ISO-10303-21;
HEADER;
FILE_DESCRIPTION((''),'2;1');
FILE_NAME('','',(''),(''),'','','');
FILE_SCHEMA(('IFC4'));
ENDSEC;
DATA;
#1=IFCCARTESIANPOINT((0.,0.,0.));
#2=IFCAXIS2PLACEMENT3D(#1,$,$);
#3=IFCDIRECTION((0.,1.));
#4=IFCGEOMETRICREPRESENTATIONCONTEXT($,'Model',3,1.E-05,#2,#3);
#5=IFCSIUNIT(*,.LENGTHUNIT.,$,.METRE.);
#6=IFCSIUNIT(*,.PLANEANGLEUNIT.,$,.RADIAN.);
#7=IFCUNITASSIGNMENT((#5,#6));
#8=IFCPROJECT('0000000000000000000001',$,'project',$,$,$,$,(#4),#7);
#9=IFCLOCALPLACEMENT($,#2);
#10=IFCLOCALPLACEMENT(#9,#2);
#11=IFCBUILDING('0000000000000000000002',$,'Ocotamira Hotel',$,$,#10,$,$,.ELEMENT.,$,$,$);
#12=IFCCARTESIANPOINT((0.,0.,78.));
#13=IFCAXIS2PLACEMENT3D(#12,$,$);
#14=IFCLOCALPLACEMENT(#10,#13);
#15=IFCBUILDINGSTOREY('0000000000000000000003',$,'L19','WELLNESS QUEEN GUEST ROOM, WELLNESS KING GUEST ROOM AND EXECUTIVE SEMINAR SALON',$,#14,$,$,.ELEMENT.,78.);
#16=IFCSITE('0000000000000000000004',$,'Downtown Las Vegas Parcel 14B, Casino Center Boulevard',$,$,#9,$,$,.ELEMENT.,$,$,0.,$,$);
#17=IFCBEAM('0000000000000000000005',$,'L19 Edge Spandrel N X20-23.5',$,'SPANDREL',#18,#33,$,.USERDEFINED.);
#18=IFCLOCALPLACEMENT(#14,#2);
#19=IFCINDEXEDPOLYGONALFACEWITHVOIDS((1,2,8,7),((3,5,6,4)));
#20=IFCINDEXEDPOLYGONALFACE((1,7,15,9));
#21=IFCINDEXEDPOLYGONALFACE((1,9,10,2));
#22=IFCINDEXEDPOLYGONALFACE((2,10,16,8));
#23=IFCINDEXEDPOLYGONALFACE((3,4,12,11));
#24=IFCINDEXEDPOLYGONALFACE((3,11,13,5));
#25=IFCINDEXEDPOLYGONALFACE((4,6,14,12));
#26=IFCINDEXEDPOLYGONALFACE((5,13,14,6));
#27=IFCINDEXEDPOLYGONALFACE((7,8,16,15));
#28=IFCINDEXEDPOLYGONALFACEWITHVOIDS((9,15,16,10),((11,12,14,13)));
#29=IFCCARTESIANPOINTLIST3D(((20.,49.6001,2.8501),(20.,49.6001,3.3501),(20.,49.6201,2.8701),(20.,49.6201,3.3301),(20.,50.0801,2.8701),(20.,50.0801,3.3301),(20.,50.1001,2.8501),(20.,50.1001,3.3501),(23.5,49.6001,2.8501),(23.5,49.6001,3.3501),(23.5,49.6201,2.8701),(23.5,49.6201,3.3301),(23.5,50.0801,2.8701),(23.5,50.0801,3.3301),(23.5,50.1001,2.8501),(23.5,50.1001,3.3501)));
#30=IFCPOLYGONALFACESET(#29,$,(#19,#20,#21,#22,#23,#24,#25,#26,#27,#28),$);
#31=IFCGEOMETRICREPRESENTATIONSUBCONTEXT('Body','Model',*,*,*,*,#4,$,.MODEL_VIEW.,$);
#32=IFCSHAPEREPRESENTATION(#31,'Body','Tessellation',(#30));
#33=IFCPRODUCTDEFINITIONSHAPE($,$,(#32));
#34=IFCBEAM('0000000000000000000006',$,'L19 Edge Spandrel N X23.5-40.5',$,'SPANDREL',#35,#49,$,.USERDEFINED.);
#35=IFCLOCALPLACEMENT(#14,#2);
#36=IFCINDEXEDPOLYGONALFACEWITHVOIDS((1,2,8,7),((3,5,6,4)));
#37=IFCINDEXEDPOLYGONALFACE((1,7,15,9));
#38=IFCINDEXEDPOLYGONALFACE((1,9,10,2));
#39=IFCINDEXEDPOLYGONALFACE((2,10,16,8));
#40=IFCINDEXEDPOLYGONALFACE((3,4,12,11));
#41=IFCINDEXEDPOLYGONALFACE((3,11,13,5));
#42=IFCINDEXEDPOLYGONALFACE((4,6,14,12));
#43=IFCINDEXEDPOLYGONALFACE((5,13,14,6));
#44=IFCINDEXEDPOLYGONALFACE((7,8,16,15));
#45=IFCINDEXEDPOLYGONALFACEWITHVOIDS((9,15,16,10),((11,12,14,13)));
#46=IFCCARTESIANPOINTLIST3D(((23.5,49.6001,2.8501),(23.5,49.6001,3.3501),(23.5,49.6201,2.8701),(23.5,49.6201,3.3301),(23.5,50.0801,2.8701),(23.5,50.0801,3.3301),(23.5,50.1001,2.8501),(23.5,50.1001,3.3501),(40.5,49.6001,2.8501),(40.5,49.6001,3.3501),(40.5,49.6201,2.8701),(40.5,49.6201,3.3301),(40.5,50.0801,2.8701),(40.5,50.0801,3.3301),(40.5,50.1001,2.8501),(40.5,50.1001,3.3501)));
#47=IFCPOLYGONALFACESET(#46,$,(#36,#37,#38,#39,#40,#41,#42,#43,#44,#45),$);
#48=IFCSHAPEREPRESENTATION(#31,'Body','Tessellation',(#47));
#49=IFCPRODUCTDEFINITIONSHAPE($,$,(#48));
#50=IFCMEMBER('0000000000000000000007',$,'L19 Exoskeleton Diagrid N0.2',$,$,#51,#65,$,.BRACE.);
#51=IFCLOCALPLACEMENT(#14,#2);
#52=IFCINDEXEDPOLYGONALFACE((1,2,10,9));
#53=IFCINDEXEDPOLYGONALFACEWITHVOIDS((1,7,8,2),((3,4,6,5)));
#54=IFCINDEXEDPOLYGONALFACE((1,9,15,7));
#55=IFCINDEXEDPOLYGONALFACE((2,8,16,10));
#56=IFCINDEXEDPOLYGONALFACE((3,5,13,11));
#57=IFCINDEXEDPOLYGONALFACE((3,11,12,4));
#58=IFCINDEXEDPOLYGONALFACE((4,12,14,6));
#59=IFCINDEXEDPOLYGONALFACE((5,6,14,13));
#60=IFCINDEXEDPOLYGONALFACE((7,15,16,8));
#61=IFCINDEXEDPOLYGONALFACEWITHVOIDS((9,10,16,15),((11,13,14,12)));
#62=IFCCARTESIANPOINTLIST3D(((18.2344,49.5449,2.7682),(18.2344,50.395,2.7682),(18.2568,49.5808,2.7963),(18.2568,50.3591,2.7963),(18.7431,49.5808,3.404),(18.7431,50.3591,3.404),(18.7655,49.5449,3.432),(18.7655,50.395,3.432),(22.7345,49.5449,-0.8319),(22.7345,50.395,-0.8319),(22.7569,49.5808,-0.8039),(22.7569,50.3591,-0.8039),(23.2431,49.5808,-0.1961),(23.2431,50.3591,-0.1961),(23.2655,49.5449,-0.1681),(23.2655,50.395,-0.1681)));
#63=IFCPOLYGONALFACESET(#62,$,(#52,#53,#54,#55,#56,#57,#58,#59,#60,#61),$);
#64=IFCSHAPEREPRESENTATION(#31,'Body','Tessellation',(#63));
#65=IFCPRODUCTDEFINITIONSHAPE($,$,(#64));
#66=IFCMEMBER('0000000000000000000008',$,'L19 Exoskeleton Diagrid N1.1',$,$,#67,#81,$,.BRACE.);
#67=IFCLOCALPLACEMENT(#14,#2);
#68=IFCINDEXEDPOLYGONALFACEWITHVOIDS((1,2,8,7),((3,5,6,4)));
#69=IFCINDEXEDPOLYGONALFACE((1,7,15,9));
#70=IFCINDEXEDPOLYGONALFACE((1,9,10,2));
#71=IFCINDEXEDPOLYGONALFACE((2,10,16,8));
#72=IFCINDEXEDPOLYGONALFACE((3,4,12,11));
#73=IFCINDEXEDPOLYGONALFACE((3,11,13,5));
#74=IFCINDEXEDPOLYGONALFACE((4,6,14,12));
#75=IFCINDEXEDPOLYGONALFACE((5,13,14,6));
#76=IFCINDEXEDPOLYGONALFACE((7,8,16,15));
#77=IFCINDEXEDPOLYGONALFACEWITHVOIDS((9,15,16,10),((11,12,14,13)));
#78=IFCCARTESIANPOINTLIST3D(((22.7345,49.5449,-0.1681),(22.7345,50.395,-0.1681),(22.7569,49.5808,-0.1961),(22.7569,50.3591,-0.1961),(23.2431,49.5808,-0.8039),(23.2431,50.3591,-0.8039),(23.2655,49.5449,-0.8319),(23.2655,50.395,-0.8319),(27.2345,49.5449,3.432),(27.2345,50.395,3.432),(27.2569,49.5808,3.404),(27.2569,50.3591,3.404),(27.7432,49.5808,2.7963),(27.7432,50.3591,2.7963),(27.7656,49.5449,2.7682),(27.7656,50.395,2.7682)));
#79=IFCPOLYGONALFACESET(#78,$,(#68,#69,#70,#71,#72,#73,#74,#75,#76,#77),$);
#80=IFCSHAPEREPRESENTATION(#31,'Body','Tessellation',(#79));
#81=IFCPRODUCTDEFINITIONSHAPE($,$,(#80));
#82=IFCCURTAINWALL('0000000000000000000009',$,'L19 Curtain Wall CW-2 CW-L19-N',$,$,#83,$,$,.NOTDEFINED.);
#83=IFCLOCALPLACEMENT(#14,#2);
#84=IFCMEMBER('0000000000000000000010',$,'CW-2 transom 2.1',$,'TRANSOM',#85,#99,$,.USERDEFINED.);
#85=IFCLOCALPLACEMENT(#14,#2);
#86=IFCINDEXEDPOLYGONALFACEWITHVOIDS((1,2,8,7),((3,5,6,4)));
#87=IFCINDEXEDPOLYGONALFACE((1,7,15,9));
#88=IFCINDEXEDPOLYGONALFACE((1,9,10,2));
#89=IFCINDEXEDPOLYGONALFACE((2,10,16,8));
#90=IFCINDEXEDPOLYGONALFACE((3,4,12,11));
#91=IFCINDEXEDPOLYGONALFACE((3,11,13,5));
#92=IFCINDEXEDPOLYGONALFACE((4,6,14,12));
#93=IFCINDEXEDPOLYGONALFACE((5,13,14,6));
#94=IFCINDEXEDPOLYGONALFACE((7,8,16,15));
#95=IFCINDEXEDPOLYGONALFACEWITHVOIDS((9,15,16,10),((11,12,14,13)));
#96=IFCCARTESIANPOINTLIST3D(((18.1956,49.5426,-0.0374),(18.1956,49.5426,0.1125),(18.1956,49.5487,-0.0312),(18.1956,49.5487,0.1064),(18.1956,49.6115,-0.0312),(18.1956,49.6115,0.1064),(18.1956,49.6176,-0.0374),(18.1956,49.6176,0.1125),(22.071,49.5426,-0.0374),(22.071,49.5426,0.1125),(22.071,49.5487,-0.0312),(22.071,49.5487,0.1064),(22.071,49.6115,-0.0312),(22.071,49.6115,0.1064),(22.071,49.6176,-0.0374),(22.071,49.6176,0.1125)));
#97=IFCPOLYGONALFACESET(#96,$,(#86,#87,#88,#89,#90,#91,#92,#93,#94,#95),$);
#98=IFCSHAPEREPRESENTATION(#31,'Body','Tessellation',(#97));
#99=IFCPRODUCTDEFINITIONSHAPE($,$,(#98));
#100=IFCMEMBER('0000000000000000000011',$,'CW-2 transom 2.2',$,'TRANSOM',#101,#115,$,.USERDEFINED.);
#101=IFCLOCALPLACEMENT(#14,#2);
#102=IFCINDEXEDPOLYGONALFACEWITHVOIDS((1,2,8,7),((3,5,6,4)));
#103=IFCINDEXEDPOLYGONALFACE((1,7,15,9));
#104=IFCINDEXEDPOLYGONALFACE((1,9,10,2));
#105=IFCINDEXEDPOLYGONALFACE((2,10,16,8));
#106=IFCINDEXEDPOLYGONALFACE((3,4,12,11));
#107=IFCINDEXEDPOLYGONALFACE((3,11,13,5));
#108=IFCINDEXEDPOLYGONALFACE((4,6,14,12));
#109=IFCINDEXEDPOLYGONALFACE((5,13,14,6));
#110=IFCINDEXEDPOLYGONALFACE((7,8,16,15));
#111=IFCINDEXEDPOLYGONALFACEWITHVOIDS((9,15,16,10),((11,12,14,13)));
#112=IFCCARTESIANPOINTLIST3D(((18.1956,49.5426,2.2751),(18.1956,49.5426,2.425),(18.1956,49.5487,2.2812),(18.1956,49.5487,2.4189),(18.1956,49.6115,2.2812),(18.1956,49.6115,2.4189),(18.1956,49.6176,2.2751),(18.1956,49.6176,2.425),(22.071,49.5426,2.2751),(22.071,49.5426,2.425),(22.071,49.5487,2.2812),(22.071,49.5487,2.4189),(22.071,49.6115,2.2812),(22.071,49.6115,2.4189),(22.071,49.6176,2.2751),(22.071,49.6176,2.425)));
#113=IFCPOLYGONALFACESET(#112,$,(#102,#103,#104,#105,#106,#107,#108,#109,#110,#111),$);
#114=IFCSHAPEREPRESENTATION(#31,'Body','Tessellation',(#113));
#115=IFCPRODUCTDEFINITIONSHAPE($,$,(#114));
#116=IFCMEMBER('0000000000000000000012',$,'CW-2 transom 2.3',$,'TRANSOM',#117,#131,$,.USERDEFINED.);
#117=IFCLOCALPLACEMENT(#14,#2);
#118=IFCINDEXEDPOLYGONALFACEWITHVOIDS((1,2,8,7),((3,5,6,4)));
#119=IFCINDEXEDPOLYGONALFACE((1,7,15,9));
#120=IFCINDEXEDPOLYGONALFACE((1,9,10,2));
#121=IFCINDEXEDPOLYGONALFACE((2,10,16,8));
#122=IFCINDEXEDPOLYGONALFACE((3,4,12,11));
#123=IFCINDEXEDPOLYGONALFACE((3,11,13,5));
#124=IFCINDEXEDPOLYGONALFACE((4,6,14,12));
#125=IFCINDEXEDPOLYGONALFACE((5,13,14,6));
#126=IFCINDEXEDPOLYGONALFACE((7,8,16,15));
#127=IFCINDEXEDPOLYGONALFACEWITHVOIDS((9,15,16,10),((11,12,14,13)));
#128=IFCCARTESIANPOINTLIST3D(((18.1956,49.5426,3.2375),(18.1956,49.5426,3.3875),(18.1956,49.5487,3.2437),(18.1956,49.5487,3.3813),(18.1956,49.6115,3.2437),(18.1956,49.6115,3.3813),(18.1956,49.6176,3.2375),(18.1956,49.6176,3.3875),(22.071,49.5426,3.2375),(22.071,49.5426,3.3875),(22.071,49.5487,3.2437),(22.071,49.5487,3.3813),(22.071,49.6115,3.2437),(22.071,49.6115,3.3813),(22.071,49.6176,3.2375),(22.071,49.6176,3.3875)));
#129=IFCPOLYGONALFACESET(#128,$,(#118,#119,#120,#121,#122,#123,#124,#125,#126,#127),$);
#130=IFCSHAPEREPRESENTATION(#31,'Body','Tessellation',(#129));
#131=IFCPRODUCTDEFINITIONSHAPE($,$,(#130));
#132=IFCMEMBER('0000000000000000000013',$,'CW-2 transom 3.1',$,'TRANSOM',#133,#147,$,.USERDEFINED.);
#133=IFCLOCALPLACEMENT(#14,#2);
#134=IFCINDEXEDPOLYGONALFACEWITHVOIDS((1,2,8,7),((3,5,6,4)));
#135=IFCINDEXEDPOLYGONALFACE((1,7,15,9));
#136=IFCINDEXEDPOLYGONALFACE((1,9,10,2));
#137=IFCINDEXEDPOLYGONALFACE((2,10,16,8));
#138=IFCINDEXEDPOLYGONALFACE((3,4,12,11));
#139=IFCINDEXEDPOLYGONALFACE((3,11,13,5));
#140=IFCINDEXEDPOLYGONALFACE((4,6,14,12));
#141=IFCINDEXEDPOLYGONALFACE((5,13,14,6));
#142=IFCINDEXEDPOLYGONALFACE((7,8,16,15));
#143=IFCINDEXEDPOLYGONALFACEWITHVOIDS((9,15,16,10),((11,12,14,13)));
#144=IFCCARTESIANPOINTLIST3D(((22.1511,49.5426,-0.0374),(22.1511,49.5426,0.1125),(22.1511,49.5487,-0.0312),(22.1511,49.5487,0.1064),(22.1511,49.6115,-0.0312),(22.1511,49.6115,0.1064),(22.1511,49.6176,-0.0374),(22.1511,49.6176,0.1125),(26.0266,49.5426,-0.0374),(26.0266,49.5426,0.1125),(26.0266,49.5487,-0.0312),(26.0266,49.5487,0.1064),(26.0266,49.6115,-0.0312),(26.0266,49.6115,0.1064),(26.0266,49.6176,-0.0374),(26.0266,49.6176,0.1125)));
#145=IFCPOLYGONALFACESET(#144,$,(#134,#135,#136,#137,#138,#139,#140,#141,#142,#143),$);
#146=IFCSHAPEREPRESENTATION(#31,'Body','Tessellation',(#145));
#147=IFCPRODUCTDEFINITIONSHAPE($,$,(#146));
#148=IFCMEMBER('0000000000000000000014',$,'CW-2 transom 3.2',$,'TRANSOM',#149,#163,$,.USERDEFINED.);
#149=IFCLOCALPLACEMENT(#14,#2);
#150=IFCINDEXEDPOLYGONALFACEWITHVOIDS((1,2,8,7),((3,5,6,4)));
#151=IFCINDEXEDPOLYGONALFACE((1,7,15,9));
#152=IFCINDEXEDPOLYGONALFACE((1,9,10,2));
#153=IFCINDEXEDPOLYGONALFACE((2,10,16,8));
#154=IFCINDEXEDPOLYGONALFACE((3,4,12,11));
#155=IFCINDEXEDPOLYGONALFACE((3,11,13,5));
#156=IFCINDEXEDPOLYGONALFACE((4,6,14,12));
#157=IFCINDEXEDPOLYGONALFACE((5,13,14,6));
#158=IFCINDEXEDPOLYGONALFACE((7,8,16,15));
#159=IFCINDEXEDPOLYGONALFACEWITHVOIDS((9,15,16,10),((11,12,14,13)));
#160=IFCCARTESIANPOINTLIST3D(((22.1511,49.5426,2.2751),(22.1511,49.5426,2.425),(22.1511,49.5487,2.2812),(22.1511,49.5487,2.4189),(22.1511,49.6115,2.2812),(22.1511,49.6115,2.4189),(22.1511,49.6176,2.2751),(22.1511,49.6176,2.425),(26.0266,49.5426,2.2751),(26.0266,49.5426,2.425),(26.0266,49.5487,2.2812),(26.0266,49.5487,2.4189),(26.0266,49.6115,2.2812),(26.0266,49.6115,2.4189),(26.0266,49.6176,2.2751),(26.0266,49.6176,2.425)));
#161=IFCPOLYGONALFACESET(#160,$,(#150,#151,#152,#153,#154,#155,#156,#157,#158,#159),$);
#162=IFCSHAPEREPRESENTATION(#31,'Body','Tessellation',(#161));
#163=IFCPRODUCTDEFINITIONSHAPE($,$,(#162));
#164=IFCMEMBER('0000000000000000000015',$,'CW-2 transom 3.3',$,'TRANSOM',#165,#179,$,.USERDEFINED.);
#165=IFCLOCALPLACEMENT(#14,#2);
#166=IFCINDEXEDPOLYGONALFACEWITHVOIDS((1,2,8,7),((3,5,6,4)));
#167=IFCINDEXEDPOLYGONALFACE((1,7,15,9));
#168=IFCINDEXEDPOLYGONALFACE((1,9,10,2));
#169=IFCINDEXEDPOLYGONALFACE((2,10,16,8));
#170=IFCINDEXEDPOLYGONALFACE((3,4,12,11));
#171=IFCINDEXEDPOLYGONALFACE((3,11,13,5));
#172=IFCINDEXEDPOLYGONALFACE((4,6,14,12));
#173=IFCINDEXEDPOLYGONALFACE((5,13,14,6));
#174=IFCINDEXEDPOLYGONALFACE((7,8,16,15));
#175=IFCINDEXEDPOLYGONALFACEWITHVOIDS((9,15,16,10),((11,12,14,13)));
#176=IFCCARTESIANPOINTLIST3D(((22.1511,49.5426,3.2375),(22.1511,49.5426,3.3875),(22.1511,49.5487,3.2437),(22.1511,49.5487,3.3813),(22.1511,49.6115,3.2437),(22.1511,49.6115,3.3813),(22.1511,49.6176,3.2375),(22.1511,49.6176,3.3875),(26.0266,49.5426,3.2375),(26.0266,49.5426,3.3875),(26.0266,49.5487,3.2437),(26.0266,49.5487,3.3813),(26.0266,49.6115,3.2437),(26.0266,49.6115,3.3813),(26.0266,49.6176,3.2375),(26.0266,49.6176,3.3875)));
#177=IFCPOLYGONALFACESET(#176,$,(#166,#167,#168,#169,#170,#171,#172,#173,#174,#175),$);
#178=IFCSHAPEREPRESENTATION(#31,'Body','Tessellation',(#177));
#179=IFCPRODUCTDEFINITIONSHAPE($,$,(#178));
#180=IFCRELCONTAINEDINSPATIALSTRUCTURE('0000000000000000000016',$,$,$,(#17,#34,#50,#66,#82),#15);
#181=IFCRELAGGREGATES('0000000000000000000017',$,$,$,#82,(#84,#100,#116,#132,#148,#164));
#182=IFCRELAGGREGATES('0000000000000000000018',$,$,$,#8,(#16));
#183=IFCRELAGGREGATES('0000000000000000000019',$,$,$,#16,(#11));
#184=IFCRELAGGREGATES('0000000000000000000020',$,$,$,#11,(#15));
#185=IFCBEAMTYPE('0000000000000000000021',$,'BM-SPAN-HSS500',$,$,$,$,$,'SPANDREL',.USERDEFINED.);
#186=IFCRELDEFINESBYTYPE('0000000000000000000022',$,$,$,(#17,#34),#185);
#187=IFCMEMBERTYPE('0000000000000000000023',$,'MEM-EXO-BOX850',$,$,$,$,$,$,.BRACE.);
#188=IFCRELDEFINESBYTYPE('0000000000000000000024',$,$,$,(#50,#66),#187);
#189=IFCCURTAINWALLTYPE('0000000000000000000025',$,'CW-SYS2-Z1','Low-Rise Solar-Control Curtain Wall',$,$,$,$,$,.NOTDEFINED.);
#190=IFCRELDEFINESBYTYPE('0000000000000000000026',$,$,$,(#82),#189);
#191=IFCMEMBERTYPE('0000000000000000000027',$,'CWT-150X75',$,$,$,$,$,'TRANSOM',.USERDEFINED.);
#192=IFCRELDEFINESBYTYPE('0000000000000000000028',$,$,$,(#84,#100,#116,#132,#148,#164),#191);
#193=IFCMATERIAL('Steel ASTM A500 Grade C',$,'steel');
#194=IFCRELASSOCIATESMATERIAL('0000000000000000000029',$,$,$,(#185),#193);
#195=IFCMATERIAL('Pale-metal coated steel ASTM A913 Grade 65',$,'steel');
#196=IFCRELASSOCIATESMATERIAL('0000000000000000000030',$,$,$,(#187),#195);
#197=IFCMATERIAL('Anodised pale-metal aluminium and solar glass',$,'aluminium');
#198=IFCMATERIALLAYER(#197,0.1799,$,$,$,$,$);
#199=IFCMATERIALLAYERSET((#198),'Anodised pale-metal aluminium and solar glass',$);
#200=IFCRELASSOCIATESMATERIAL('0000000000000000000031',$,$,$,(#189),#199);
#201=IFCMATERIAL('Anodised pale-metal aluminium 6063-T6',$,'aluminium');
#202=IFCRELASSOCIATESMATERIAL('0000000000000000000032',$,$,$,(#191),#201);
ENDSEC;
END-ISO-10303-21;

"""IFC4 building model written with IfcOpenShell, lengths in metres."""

from ifc_helpers import new_model, si_unit, direction, frame, origin, origin_2d, place, context, subcontext, project, spatial, hollow_rectangle, extrude, source, transform, mapped, material, layer, layer_set, material_profile, profile_set, type_object, element, aggregate, save


model = new_model("IFC4")

# Units and contexts
model_context = context("Model", 3, precision=1e-05, world=origin(), true_north=direction((0.0, 1.0)))
body_context = subcontext(model_context, "Body", "Model", "MODEL_VIEW")
ifc_project = project(units=[si_unit("LENGTHUNIT", "METRE"), si_unit("PLANEANGLEUNIT", "RADIAN")], contexts=[model_context])

# Site, building, storey
site_placement = place(None, origin())
site = spatial("IfcSite", under=ifc_project, at=site_placement, Name="Downtown Las Vegas Parcel 14B, Casino Center Boulevard", CompositionType="ELEMENT", RefElevation=0.0)
building_placement = place(site_placement, origin())
building = spatial("IfcBuilding", under=site, at=building_placement, Name="Ocotamira Hotel", CompositionType="ELEMENT")
storey_placement = place(building_placement, frame((0.0, 0.0, 78.0)))
storey = spatial("IfcBuildingStorey", under=building, at=storey_placement, Name="L19", Description="WELLNESS QUEEN GUEST ROOM, WELLNESS KING GUEST ROOM AND EXECUTIVE SEMINAR SALON", CompositionType="ELEMENT", Elevation=78.0)

# Beams
ifc_material_1 = material(Name="Steel ASTM A500 Grade C", Category="steel")
ifc_material_profile_1 = material_profile(ifc_material_1, hollow_rectangle(XDim=0.5, YDim=0.5, WallThickness=0.02, at=origin_2d()), Name="HSS500X500X20")
ifc_profile_set_1 = profile_set([ifc_material_profile_1], Name="Steel ASTM A500 Grade C")
beam_type_1 = type_object("IfcBeamType", Name="BM-SPAN-HSS500", ElementType="SPANDREL", PredefinedType="USERDEFINED", material=ifc_profile_set_1)
shared_shape_1 = source(origin(), body_context, "Body", "SweptSolid", [
    extrude(hollow_rectangle(XDim=0.5, YDim=0.5, WallThickness=0.02, at=origin_2d()), origin(), (0.0, 0.0, 1.0), 3.5),
])
beam_1_placement = place(storey_placement, frame((20.0, 49.8501, 3.1001), z_axis=(1.0, 0.0, 0.0), x_axis=(0.0, 1.0, 0.0)))
element("IfcBeam", 1, at=beam_1_placement, inside=storey, type_object=beam_type_1, Name="L19 Edge Spandrel N X20-23.5", ObjectType="SPANDREL", PredefinedType="USERDEFINED", context=body_context, shape_type="MappedRepresentation", body=[
    mapped(shared_shape_1, transform((0.0, 0.0, 0.0), scale=1.0)),
])
shared_shape_2 = source(origin(), body_context, "Body", "SweptSolid", [
    extrude(hollow_rectangle(XDim=0.5, YDim=0.5, WallThickness=0.02, at=origin_2d()), origin(), (0.0, 0.0, 1.0), 17.0),
])
beam_2_placement = place(storey_placement, frame((23.5, 49.8501, 3.1001), z_axis=(1.0, 0.0, 0.0), x_axis=(0.0, 1.0, 0.0)))
element("IfcBeam", 2, at=beam_2_placement, inside=storey, type_object=beam_type_1, Name="L19 Edge Spandrel N X23.5-40.5", ObjectType="SPANDREL", PredefinedType="USERDEFINED", context=body_context, shape_type="MappedRepresentation", body=[
    mapped(shared_shape_2, transform((0.0, 0.0, 0.0), scale=1.0)),
])

# Members
ifc_material_2 = material(Name="Pale-metal coated steel ASTM A913 Grade 65", Category="steel")
ifc_material_profile_2 = material_profile(ifc_material_2, hollow_rectangle(XDim=0.8501, YDim=0.8501, WallThickness=0.0359, at=origin_2d()), Name="BOX850X850X36")
ifc_profile_set_2 = profile_set([ifc_material_profile_2], Name="Pale-metal coated steel ASTM A913 Grade 65")
member_type_1 = type_object("IfcMemberType", Name="MEM-EXO-BOX850", PredefinedType="BRACE", material=ifc_profile_set_2)
shared_shape_3 = source(origin(), body_context, "Body", "SweptSolid", [
    extrude(hollow_rectangle(XDim=0.8501, YDim=0.8501, WallThickness=0.0359, at=origin_2d()), origin(), (0.0, 0.0, 1.0), 5.7629),
])
for number, where, z_axis, x_axis, name in (
    (3, (23.0, 49.97, -0.5), (-0.780861, 0.0, 0.624705), (0.0, -1.0, 0.0), "L19 Exoskeleton Diagrid N0.2"),
    (4, (23.0, 49.97, -0.5), (0.780861, 0.0, 0.624705), (0.0, 1.0, 0.0), "L19 Exoskeleton Diagrid N1.1"),
):
    element("IfcMember", number, at=place(storey_placement, frame(where, z_axis=z_axis, x_axis=x_axis)), inside=storey, type_object=member_type_1, Name=name, PredefinedType="BRACE", context=body_context, shape_type="MappedRepresentation", body=[
        mapped(shared_shape_3, transform((0.0, 0.0, 0.0), scale=1.0)),
    ])

# Curtain wall, members
ifc_material_3 = material(Name="Anodised pale-metal aluminium and solar glass", Category="aluminium")
ifc_layer_1 = layer(ifc_material_3, 0.1799)
ifc_layer_set_1 = layer_set([ifc_layer_1], Name="Anodised pale-metal aluminium and solar glass")
curtain_wall_type = type_object("IfcCurtainWallType", Name="CW-SYS2-Z1", Description="Low-Rise Solar-Control Curtain Wall", PredefinedType="NOTDEFINED", material=ifc_layer_set_1)
curtain_wall_placement = place(storey_placement, origin())
curtain_wall = element("IfcCurtainWall", 5, at=curtain_wall_placement, inside=storey, type_object=curtain_wall_type, Name="L19 Curtain Wall CW-2 CW-L19-N", PredefinedType="NOTDEFINED")
ifc_material_4 = material(Name="Anodised pale-metal aluminium 6063-T6", Category="aluminium")
ifc_material_profile_3 = material_profile(ifc_material_4, hollow_rectangle(XDim=0.075, YDim=0.1499, WallThickness=0.0061, at=origin_2d()), Name="HSS150X75X6")
ifc_profile_set_3 = profile_set([ifc_material_profile_3], Name="Anodised pale-metal aluminium 6063-T6")
member_type_2 = type_object("IfcMemberType", Name="CWT-150X75", ElementType="TRANSOM", PredefinedType="USERDEFINED", material=ifc_profile_set_3)
shared_shape_4 = source(origin(), body_context, "Body", "SweptSolid", [
    extrude(hollow_rectangle(XDim=0.075, YDim=0.1499, WallThickness=0.0061, at=origin_2d()), origin(), (0.0, 0.0, 1.0), 3.8755),
])
member_1_placement = place(storey_placement, frame((18.1956, 49.5801, 0.0376), z_axis=(1.0, 0.0, 0.0), x_axis=(0.0, 1.0, 0.0)))
member_1 = element("IfcMember", 6, at=member_1_placement, type_object=member_type_2, Name="CW-2 transom 2.1", ObjectType="TRANSOM", PredefinedType="USERDEFINED", context=body_context, shape_type="MappedRepresentation", body=[
    mapped(shared_shape_4, transform((0.0, 0.0, 0.0), scale=1.0)),
])
member_2_placement = place(storey_placement, frame((18.1956, 49.5801, 2.3501), z_axis=(1.0, 0.0, 0.0), x_axis=(0.0, 1.0, 0.0)))
member_2 = element("IfcMember", 7, at=member_2_placement, type_object=member_type_2, Name="CW-2 transom 2.2", ObjectType="TRANSOM", PredefinedType="USERDEFINED", context=body_context, shape_type="MappedRepresentation", body=[
    mapped(shared_shape_4, transform((0.0, 0.0, 0.0), scale=1.0)),
])
member_3_placement = place(storey_placement, frame((18.1956, 49.5801, 3.3125), z_axis=(1.0, 0.0, 0.0), x_axis=(0.0, 1.0, 0.0)))
member_3 = element("IfcMember", 8, at=member_3_placement, type_object=member_type_2, Name="CW-2 transom 2.3", ObjectType="TRANSOM", PredefinedType="USERDEFINED", context=body_context, shape_type="MappedRepresentation", body=[
    mapped(shared_shape_4, transform((0.0, 0.0, 0.0), scale=1.0)),
])
member_4_placement = place(storey_placement, frame((22.1511, 49.5801, 0.0376), z_axis=(1.0, 0.0, 0.0), x_axis=(0.0, 1.0, 0.0)))
member_4 = element("IfcMember", 9, at=member_4_placement, type_object=member_type_2, Name="CW-2 transom 3.1", ObjectType="TRANSOM", PredefinedType="USERDEFINED", context=body_context, shape_type="MappedRepresentation", body=[
    mapped(shared_shape_4, transform((0.0, 0.0, 0.0), scale=1.0)),
])
member_5_placement = place(storey_placement, frame((22.1511, 49.5801, 2.3501), z_axis=(1.0, 0.0, 0.0), x_axis=(0.0, 1.0, 0.0)))
member_5 = element("IfcMember", 10, at=member_5_placement, type_object=member_type_2, Name="CW-2 transom 3.2", ObjectType="TRANSOM", PredefinedType="USERDEFINED", context=body_context, shape_type="MappedRepresentation", body=[
    mapped(shared_shape_4, transform((0.0, 0.0, 0.0), scale=1.0)),
])
member_6_placement = place(storey_placement, frame((22.1511, 49.5801, 3.3125), z_axis=(1.0, 0.0, 0.0), x_axis=(0.0, 1.0, 0.0)))
member_6 = element("IfcMember", 11, at=member_6_placement, type_object=member_type_2, Name="CW-2 transom 3.3", ObjectType="TRANSOM", PredefinedType="USERDEFINED", context=body_context, shape_type="MappedRepresentation", body=[
    mapped(shared_shape_4, transform((0.0, 0.0, 0.0), scale=1.0)),
])

aggregate(curtain_wall, [member_1, member_2, member_3, member_4, member_5, member_6])

save(model, "model.ifc")
